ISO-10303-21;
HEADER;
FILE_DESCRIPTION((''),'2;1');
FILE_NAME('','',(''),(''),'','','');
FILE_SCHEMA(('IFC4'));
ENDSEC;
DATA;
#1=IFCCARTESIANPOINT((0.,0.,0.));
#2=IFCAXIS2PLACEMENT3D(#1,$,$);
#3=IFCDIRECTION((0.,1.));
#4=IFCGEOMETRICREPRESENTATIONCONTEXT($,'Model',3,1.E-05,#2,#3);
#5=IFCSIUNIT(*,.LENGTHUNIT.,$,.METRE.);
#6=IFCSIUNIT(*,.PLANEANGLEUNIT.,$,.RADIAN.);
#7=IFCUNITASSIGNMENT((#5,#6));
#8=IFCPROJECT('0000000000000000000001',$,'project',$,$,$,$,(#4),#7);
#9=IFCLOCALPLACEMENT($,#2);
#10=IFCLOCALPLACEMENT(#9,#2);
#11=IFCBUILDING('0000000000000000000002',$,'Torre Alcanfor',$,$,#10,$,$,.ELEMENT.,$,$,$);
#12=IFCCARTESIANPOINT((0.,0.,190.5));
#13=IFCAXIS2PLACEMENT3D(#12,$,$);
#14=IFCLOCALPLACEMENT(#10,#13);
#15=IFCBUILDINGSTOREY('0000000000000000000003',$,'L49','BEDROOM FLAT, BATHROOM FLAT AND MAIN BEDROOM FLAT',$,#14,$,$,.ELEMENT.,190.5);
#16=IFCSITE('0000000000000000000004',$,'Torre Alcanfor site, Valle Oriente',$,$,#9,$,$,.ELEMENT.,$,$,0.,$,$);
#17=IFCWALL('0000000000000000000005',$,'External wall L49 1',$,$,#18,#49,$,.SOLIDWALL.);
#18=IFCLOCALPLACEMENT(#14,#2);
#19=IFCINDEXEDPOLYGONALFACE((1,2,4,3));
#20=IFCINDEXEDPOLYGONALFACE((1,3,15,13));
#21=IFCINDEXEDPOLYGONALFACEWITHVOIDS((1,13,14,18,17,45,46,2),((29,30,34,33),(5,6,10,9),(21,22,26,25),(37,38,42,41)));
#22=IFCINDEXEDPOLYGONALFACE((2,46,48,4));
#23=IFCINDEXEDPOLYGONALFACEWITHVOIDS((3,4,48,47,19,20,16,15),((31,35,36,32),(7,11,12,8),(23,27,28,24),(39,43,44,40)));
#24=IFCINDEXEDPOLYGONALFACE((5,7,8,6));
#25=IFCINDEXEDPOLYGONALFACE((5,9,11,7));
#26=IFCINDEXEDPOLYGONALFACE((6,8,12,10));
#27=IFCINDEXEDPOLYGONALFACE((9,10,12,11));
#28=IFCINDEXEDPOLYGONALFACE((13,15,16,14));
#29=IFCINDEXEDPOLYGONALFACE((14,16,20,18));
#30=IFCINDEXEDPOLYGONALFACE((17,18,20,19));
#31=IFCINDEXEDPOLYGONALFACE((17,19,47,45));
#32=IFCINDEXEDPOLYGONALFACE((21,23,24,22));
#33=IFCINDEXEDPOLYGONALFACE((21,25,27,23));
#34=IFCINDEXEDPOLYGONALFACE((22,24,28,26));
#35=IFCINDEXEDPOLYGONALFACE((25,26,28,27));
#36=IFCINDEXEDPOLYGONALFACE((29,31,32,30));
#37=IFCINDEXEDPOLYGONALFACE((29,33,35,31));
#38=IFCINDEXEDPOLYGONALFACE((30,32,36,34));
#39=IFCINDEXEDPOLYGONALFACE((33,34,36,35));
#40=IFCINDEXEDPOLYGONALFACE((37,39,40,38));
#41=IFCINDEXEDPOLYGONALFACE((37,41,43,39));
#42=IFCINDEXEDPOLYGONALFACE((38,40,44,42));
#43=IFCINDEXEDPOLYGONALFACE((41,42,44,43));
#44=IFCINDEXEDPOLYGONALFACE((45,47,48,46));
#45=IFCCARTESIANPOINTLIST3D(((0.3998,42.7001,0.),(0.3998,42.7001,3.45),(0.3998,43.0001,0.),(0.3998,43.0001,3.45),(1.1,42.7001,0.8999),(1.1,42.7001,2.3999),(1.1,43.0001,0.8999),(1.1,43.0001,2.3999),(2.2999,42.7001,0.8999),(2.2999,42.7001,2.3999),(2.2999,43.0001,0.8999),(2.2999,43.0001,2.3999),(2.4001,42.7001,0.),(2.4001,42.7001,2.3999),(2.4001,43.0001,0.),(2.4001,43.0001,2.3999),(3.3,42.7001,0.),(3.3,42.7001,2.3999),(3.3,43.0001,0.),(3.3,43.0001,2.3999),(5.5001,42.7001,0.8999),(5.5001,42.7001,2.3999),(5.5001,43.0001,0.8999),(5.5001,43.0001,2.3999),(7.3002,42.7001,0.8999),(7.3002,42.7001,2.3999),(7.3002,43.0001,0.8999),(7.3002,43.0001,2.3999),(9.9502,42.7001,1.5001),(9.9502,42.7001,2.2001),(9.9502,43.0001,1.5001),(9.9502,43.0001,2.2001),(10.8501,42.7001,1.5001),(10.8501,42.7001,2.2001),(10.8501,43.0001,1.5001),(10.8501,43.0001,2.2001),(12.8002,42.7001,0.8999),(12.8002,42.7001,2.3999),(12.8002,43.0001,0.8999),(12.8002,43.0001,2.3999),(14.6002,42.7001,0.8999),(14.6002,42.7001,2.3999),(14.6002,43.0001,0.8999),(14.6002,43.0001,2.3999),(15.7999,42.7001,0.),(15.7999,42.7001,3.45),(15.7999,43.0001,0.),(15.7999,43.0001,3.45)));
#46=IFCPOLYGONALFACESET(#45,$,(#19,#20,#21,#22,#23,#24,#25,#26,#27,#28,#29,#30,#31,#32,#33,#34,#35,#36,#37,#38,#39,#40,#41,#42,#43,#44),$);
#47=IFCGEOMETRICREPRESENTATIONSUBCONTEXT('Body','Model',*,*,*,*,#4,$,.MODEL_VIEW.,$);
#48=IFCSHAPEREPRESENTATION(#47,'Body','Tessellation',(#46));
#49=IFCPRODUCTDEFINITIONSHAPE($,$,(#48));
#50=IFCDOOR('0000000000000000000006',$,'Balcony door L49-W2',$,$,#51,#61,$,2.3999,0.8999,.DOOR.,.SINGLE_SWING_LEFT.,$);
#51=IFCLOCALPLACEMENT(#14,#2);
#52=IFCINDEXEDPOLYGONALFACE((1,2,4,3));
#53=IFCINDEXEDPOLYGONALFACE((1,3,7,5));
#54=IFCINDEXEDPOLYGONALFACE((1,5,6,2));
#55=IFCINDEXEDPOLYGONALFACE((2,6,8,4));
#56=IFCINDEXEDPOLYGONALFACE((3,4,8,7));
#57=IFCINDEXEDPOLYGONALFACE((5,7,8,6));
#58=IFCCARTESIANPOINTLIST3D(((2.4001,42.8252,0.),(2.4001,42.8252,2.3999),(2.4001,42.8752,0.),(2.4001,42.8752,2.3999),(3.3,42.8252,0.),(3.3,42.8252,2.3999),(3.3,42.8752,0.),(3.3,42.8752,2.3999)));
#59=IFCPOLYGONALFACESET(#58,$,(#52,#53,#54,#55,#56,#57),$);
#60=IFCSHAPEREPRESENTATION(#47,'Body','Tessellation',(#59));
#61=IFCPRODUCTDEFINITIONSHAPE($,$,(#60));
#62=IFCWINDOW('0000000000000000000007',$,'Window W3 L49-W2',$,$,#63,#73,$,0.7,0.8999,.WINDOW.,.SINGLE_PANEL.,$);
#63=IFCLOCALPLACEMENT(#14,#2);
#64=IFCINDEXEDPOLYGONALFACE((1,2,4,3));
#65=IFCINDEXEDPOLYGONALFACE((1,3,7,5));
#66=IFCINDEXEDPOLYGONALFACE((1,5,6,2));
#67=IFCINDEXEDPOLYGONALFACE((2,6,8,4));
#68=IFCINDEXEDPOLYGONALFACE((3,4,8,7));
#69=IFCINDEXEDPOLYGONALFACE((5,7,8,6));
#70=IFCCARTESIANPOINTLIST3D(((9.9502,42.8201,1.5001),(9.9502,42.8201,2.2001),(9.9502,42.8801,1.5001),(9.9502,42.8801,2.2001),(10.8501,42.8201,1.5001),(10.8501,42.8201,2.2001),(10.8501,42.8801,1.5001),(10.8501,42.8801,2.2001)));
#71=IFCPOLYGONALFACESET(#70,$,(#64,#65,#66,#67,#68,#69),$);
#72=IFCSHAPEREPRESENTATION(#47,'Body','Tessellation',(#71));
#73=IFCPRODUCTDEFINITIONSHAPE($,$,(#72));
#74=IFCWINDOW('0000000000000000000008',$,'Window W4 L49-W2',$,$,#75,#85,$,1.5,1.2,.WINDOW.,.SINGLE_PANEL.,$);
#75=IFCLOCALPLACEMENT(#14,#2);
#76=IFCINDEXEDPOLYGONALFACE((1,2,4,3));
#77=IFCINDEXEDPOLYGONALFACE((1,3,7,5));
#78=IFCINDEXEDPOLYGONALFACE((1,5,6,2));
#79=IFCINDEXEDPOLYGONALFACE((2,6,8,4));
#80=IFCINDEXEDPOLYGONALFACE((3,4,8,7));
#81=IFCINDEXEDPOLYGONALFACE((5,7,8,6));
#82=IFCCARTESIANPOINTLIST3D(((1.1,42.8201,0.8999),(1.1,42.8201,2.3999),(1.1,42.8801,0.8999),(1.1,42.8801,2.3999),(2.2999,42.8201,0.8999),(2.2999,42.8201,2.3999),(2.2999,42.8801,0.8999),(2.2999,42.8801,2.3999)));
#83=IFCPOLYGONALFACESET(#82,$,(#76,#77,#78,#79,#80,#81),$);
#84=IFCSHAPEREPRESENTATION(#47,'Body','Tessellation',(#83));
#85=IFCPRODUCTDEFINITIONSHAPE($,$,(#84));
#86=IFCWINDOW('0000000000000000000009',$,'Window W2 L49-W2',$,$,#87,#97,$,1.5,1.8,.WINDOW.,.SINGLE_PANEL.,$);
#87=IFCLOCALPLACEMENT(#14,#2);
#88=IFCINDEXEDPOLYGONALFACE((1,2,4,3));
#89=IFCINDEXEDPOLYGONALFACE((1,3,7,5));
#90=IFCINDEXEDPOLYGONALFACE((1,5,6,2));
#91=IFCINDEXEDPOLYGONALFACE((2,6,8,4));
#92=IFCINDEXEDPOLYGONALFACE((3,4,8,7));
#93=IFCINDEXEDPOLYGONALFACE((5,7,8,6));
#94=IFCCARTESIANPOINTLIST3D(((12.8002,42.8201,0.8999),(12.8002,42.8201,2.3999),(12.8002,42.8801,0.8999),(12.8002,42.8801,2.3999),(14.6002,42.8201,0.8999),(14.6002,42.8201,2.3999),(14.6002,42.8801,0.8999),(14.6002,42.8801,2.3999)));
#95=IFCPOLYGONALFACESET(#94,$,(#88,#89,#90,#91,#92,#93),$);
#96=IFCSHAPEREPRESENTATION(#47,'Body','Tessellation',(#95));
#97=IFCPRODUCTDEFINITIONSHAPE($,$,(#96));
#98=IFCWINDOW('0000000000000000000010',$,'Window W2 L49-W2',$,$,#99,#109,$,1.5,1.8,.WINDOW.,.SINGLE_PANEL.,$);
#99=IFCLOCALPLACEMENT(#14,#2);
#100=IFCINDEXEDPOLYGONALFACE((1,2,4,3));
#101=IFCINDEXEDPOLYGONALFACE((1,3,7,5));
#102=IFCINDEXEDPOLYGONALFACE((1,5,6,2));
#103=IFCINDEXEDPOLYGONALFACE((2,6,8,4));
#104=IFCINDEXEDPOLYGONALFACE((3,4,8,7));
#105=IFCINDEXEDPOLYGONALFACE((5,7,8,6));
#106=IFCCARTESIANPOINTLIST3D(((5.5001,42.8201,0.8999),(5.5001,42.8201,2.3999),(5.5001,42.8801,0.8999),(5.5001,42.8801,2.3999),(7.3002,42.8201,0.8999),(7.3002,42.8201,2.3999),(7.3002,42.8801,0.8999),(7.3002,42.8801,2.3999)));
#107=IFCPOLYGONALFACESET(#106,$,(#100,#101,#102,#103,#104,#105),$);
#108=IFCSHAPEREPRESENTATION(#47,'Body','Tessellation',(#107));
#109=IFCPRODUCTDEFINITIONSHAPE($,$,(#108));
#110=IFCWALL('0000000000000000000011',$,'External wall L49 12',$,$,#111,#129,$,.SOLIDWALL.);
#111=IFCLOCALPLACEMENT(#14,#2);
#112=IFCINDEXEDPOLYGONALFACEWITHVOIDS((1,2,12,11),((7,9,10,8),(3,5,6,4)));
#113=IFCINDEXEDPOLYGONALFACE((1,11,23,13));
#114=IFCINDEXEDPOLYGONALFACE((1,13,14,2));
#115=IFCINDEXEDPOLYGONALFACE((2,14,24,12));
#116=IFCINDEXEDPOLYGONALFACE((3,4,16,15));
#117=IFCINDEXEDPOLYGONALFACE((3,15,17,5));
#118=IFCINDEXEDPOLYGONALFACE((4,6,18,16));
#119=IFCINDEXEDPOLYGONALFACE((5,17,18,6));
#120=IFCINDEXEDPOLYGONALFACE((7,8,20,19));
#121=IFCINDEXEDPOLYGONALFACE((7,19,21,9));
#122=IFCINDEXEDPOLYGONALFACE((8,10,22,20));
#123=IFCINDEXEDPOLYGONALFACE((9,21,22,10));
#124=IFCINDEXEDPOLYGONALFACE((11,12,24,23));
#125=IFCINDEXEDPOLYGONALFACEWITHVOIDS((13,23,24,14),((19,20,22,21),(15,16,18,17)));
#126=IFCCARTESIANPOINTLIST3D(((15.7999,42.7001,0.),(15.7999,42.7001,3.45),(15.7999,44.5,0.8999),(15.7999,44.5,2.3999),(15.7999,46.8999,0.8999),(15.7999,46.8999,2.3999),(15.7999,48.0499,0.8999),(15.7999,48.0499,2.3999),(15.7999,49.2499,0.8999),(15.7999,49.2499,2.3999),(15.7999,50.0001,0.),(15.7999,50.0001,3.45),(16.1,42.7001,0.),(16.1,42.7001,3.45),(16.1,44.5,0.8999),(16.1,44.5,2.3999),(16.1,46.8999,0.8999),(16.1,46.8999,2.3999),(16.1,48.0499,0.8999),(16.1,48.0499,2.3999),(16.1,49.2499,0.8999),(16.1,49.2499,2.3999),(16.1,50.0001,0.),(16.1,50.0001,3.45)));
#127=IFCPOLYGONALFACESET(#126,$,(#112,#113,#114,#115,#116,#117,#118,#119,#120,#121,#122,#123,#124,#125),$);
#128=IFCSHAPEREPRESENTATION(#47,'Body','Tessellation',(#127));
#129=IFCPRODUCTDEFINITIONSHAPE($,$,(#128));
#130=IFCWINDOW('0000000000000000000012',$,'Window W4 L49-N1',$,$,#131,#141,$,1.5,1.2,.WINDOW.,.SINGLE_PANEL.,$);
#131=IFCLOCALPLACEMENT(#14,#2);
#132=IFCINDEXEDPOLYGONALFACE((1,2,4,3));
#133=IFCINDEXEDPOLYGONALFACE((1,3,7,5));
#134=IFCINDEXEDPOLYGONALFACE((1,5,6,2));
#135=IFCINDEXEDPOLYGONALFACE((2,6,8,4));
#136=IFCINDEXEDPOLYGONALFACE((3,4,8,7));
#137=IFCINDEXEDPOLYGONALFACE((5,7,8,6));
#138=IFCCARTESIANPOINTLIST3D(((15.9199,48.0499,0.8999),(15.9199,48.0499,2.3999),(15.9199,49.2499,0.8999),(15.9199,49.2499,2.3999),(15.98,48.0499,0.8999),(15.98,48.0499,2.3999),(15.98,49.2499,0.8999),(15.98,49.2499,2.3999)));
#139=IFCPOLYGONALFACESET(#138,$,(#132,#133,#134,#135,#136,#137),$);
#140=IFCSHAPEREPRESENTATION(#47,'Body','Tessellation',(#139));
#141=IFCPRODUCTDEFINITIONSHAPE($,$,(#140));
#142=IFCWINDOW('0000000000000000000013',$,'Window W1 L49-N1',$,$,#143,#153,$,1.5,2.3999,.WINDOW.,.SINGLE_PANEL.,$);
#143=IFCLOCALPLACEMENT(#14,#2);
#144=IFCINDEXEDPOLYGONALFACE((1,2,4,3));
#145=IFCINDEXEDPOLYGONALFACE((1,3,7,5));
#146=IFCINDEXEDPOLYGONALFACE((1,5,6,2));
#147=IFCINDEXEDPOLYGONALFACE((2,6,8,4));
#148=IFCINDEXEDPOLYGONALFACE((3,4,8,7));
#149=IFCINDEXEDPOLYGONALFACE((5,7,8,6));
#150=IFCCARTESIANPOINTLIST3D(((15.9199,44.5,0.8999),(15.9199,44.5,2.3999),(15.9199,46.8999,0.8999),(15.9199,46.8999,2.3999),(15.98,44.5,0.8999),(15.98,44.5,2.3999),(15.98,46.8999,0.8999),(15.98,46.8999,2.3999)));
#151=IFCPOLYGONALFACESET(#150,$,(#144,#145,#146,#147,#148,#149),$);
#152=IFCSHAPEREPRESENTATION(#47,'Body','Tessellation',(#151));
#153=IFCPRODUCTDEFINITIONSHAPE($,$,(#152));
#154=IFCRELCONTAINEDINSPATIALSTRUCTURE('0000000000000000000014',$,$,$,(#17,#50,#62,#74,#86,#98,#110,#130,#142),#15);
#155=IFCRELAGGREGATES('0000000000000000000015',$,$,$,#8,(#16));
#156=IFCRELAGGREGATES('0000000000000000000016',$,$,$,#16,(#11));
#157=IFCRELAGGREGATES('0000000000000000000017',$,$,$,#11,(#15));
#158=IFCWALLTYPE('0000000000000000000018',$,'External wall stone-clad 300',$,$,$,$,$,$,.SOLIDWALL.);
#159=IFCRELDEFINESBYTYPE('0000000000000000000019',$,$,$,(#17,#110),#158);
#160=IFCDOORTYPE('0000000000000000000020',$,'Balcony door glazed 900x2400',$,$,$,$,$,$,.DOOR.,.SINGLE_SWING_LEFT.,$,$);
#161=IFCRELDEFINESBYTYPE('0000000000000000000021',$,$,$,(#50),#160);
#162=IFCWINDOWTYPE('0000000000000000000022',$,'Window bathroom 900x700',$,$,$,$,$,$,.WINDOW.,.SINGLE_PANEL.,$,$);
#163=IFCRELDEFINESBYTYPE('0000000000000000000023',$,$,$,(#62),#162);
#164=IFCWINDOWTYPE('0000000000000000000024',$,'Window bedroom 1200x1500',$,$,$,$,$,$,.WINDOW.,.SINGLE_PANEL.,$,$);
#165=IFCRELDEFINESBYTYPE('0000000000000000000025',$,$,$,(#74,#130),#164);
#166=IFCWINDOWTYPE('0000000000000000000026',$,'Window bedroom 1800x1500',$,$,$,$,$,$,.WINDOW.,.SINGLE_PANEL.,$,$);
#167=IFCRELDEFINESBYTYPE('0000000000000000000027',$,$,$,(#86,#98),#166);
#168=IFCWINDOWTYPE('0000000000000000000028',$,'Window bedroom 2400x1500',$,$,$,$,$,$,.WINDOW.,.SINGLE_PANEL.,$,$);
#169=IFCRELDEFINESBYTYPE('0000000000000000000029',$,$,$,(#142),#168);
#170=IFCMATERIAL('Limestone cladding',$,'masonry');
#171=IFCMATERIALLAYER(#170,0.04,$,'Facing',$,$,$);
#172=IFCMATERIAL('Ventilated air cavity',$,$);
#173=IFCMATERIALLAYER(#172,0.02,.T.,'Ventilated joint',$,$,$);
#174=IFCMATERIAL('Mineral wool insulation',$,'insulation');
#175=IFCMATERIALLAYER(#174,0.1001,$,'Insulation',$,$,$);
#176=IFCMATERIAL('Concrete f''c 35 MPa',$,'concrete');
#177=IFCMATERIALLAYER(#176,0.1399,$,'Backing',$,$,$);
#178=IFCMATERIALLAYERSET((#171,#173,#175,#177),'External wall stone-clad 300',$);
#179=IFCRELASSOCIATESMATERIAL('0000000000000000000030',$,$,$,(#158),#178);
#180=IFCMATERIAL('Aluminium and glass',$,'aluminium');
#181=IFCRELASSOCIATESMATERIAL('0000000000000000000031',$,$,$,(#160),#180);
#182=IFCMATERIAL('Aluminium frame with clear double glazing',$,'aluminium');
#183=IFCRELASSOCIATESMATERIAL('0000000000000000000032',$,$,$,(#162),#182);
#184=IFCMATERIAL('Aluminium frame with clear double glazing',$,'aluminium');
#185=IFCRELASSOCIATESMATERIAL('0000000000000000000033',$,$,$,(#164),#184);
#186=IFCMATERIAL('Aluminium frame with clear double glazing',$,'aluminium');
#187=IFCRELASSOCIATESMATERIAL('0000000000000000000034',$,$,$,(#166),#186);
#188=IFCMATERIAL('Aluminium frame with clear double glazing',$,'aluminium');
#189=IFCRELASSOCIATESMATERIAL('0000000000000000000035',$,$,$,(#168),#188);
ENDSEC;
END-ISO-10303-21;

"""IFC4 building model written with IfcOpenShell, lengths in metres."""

from ifc_helpers import new_model, si_unit, direction, frame, frame_2d, origin, place, context, subcontext, project, spatial, rectangle, extrude, material, layer, layer_set, type_object, element, fill, save


model = new_model("IFC4")

# Units and contexts
model_context = context("Model", 3, precision=1e-05, world=origin(), true_north=direction((0.0, 1.0)))
body_context = subcontext(model_context, "Body", "Model", "MODEL_VIEW")
ifc_project = project(units=[si_unit("LENGTHUNIT", "METRE"), si_unit("PLANEANGLEUNIT", "RADIAN")], contexts=[model_context])

# Site, building, storey
site_placement = place(None, origin())
site = spatial("IfcSite", under=ifc_project, at=site_placement, Name="Torre Alcanfor site, Valle Oriente", CompositionType="ELEMENT", RefElevation=0.0)
building_placement = place(site_placement, origin())
building = spatial("IfcBuilding", under=site, at=building_placement, Name="Torre Alcanfor", CompositionType="ELEMENT")
storey_placement = place(building_placement, frame((0.0, 0.0, 190.5)))
storey = spatial("IfcBuildingStorey", under=building, at=storey_placement, Name="L49", Description="BEDROOM FLAT, BATHROOM FLAT AND MAIN BEDROOM FLAT", CompositionType="ELEMENT", Elevation=190.5)

# Wall, openings, door, windows
ifc_material_1 = material(Name="Limestone cladding", Category="masonry")
ifc_layer_1 = layer(ifc_material_1, 0.04, Name="Facing")
ifc_material_2 = material(Name="Ventilated air cavity")
ifc_layer_2 = layer(ifc_material_2, 0.02, ventilated=True, Name="Ventilated joint")
ifc_material_3 = material(Name="Mineral wool insulation", Category="insulation")
ifc_layer_3 = layer(ifc_material_3, 0.1001, Name="Insulation")
ifc_material_4 = material(Name="Concrete f'c 35 MPa", Category="concrete")
ifc_layer_4 = layer(ifc_material_4, 0.1399, Name="Backing")
ifc_layer_set_1 = layer_set([ifc_layer_1, ifc_layer_2, ifc_layer_3, ifc_layer_4], Name="External wall stone-clad 300")
wall_type_1 = type_object("IfcWallType", Name="External wall stone-clad 300", PredefinedType="SOLIDWALL", material=ifc_layer_set_1)
wall_1_placement = place(storey_placement, frame((15.8, 42.8501, 0.0), z_axis=(0.0, 0.0, 1.0), x_axis=(-1.0, 0.0, 0.0)))
wall_1 = element("IfcWall", 1, at=wall_1_placement, inside=storey, type_object=wall_type_1, Name="External wall L49 1", PredefinedType="SOLIDWALL", context=body_context, shape_type="SweptSolid", body=[
    extrude(rectangle(XDim=15.4001, YDim=0.3, at=frame_2d((7.7002, 0.0))), origin(), (0.0, 0.0, 1.0), 3.45),
])
opening_1_placement = place(wall_1_placement, frame((1.2, 0.0, 0.8999)))
opening_1 = element("IfcOpeningElement", 2, at=opening_1_placement, cuts=wall_1, PredefinedType="OPENING", context=body_context, shape_type="SweptSolid", body=[
    extrude(rectangle(XDim=1.8, YDim=1.5, at=frame_2d((0.8999, 0.75))), frame((0.0, 0.1599, 0.0), z_axis=(0.0, -1.0, 0.0), x_axis=(1.0, 0.0, 0.0)), (0.0, 0.0, 1.0), 0.3201),
])
opening_2_placement = place(wall_1_placement, frame((4.95, 0.0, 1.5)))
opening_2 = element("IfcOpeningElement", 3, at=opening_2_placement, cuts=wall_1, PredefinedType="OPENING", context=body_context, shape_type="SweptSolid", body=[
    extrude(rectangle(XDim=0.8999, YDim=0.7, at=frame_2d((0.45, 0.3501))), frame((0.0, 0.1599, 0.0), z_axis=(0.0, -1.0, 0.0), x_axis=(1.0, 0.0, 0.0)), (0.0, 0.0, 1.0), 0.3201),
])
opening_3_placement = place(wall_1_placement, frame((8.5, 0.0, 0.8999)))
opening_3 = element("IfcOpeningElement", 4, at=opening_3_placement, cuts=wall_1, PredefinedType="OPENING", context=body_context, shape_type="SweptSolid", body=[
    extrude(rectangle(XDim=1.8, YDim=1.5, at=frame_2d((0.8999, 0.75))), frame((0.0, 0.1599, 0.0), z_axis=(0.0, -1.0, 0.0), x_axis=(1.0, 0.0, 0.0)), (0.0, 0.0, 1.0), 0.3201),
])
opening_4_placement = place(wall_1_placement, frame((12.5, 0.0, 0.0)))
opening_4 = element("IfcOpeningElement", 5, at=opening_4_placement, cuts=wall_1, PredefinedType="OPENING", context=body_context, shape_type="SweptSolid", body=[
    extrude(rectangle(XDim=0.8999, YDim=2.3999, at=frame_2d((0.45, 1.2))), frame((0.0, 0.1599, 0.0), z_axis=(0.0, -1.0, 0.0), x_axis=(1.0, 0.0, 0.0)), (0.0, 0.0, 1.0), 0.3201),
])
opening_5_placement = place(wall_1_placement, frame((13.5, 0.0, 0.8999)))
opening_5 = element("IfcOpeningElement", 6, at=opening_5_placement, cuts=wall_1, PredefinedType="OPENING", context=body_context, shape_type="SweptSolid", body=[
    extrude(rectangle(XDim=1.2, YDim=1.5, at=frame_2d((0.6001, 0.75))), frame((0.0, 0.1599, 0.0), z_axis=(0.0, -1.0, 0.0), x_axis=(1.0, 0.0, 0.0)), (0.0, 0.0, 1.0), 0.3201),
])
ifc_material_5 = material(Name="Aluminium and glass", Category="aluminium")
door_type = type_object("IfcDoorType", Name="Balcony door glazed 900x2400", OperationType="SINGLE_SWING_LEFT", PredefinedType="DOOR", material=ifc_material_5)
door_placement = place(opening_4_placement, origin())
door = element("IfcDoor", 7, at=door_placement, inside=storey, type_object=door_type, Name="Balcony door L49-W2", OperationType="SINGLE_SWING_LEFT", OverallHeight=2.3999, OverallWidth=0.8999, PredefinedType="DOOR", context=body_context, shape_type="SweptSolid", body=[
    extrude(rectangle(XDim=0.8999, YDim=2.3999, at=frame_2d((0.45, 1.2))), frame((0.0, 0.0249, 0.0), z_axis=(0.0, -1.0, 0.0), x_axis=(1.0, 0.0, 0.0)), (0.0, 0.0, 1.0), 0.05),
])
fill(opening_4, door)
ifc_material_6 = material(Name="Aluminium frame with clear double glazing", Category="aluminium")
window_type_1 = type_object("IfcWindowType", Name="Window bathroom 900x700", PartitioningType="SINGLE_PANEL", PredefinedType="WINDOW", material=ifc_material_6)
window_1_placement = place(opening_2_placement, origin())
window_1 = element("IfcWindow", 8, at=window_1_placement, inside=storey, type_object=window_type_1, Name="Window W3 L49-W2", OverallHeight=0.7, OverallWidth=0.8999, PartitioningType="SINGLE_PANEL", PredefinedType="WINDOW", context=body_context, shape_type="SweptSolid", body=[
    extrude(rectangle(XDim=0.8999, YDim=0.7, at=frame_2d((0.45, 0.3501))), frame((0.0, 0.03, 0.0), z_axis=(0.0, -1.0, 0.0), x_axis=(1.0, 0.0, 0.0)), (0.0, 0.0, 1.0), 0.0601),
])
fill(opening_2, window_1)
ifc_material_7 = material(Name="Aluminium frame with clear double glazing", Category="aluminium")
window_type_2 = type_object("IfcWindowType", Name="Window bedroom 1200x1500", PartitioningType="SINGLE_PANEL", PredefinedType="WINDOW", material=ifc_material_7)
window_2_placement = place(opening_5_placement, origin())
window_2 = element("IfcWindow", 9, at=window_2_placement, inside=storey, type_object=window_type_2, Name="Window W4 L49-W2", OverallHeight=1.5, OverallWidth=1.2, PartitioningType="SINGLE_PANEL", PredefinedType="WINDOW", context=body_context, shape_type="SweptSolid", body=[
    extrude(rectangle(XDim=1.2, YDim=1.5, at=frame_2d((0.6001, 0.75))), frame((0.0, 0.03, 0.0), z_axis=(0.0, -1.0, 0.0), x_axis=(1.0, 0.0, 0.0)), (0.0, 0.0, 1.0), 0.0601),
])
fill(opening_5, window_2)
ifc_material_8 = material(Name="Aluminium frame with clear double glazing", Category="aluminium")
window_type_3 = type_object("IfcWindowType", Name="Window bedroom 1800x1500", PartitioningType="SINGLE_PANEL", PredefinedType="WINDOW", material=ifc_material_8)
window_3_placement = place(opening_1_placement, origin())
window_3 = element("IfcWindow", 10, at=window_3_placement, inside=storey, type_object=window_type_3, Name="Window W2 L49-W2", OverallHeight=1.5, OverallWidth=1.8, PartitioningType="SINGLE_PANEL", PredefinedType="WINDOW", context=body_context, shape_type="SweptSolid", body=[
    extrude(rectangle(XDim=1.8, YDim=1.5, at=frame_2d((0.8999, 0.75))), frame((0.0, 0.03, 0.0), z_axis=(0.0, -1.0, 0.0), x_axis=(1.0, 0.0, 0.0)), (0.0, 0.0, 1.0), 0.0601),
])
fill(opening_1, window_3)
window_4_placement = place(opening_3_placement, origin())
window_4 = element("IfcWindow", 11, at=window_4_placement, inside=storey, type_object=window_type_3, Name="Window W2 L49-W2", OverallHeight=1.5, OverallWidth=1.8, PartitioningType="SINGLE_PANEL", PredefinedType="WINDOW", context=body_context, shape_type="SweptSolid", body=[
    extrude(rectangle(XDim=1.8, YDim=1.5, at=frame_2d((0.8999, 0.75))), frame((0.0, 0.03, 0.0), z_axis=(0.0, -1.0, 0.0), x_axis=(1.0, 0.0, 0.0)), (0.0, 0.0, 1.0), 0.0601),
])
fill(opening_3, window_4)

# Wall, openings, windows
wall_2_placement = place(storey_placement, frame((15.95, 50.0, 0.0), z_axis=(0.0, 0.0, 1.0), x_axis=(0.0, -1.0, 0.0)))
wall_2 = element("IfcWall", 12, at=wall_2_placement, inside=storey, type_object=wall_type_1, Name="External wall L49 12", PredefinedType="SOLIDWALL", context=body_context, shape_type="SweptSolid", body=[
    extrude(rectangle(XDim=7.3, YDim=0.3, at=frame_2d((3.6499, 0.0))), origin(), (0.0, 0.0, 1.0), 3.45),
])
opening_6_placement = place(wall_2_placement, frame((3.1001, 0.0, 0.8999)))
opening_6 = element("IfcOpeningElement", 13, at=opening_6_placement, cuts=wall_2, PredefinedType="OPENING", context=body_context, shape_type="SweptSolid", body=[
    extrude(rectangle(XDim=2.3999, YDim=1.5, at=frame_2d((1.2, 0.75))), frame((0.0, 0.1599, 0.0), z_axis=(0.0, -1.0, 0.0), x_axis=(1.0, 0.0, 0.0)), (0.0, 0.0, 1.0), 0.3201),
])
opening_7_placement = place(wall_2_placement, frame((0.75, 0.0, 0.8999)))
opening_7 = element("IfcOpeningElement", 14, at=opening_7_placement, cuts=wall_2, PredefinedType="OPENING", context=body_context, shape_type="SweptSolid", body=[
    extrude(rectangle(XDim=1.2, YDim=1.5, at=frame_2d((0.6001, 0.75))), frame((0.0, 0.1599, 0.0), z_axis=(0.0, -1.0, 0.0), x_axis=(1.0, 0.0, 0.0)), (0.0, 0.0, 1.0), 0.3201),
])
window_5_placement = place(opening_7_placement, origin())
window_5 = element("IfcWindow", 15, at=window_5_placement, inside=storey, type_object=window_type_2, Name="Window W4 L49-N1", OverallHeight=1.5, OverallWidth=1.2, PartitioningType="SINGLE_PANEL", PredefinedType="WINDOW", context=body_context, shape_type="SweptSolid", body=[
    extrude(rectangle(XDim=1.2, YDim=1.5, at=frame_2d((0.6001, 0.75))), frame((0.0, 0.03, 0.0), z_axis=(0.0, -1.0, 0.0), x_axis=(1.0, 0.0, 0.0)), (0.0, 0.0, 1.0), 0.0601),
])
fill(opening_7, window_5)
ifc_material_9 = material(Name="Aluminium frame with clear double glazing", Category="aluminium")
window_type_4 = type_object("IfcWindowType", Name="Window bedroom 2400x1500", PartitioningType="SINGLE_PANEL", PredefinedType="WINDOW", material=ifc_material_9)
window_6_placement = place(opening_6_placement, origin())
window_6 = element("IfcWindow", 16, at=window_6_placement, inside=storey, type_object=window_type_4, Name="Window W1 L49-N1", OverallHeight=1.5, OverallWidth=2.3999, PartitioningType="SINGLE_PANEL", PredefinedType="WINDOW", context=body_context, shape_type="SweptSolid", body=[
    extrude(rectangle(XDim=2.3999, YDim=1.5, at=frame_2d((1.2, 0.75))), frame((0.0, 0.03, 0.0), z_axis=(0.0, -1.0, 0.0), x_axis=(1.0, 0.0, 0.0)), (0.0, 0.0, 1.0), 0.0601),
])
fill(opening_6, window_6)

save(model, "model.ifc")
